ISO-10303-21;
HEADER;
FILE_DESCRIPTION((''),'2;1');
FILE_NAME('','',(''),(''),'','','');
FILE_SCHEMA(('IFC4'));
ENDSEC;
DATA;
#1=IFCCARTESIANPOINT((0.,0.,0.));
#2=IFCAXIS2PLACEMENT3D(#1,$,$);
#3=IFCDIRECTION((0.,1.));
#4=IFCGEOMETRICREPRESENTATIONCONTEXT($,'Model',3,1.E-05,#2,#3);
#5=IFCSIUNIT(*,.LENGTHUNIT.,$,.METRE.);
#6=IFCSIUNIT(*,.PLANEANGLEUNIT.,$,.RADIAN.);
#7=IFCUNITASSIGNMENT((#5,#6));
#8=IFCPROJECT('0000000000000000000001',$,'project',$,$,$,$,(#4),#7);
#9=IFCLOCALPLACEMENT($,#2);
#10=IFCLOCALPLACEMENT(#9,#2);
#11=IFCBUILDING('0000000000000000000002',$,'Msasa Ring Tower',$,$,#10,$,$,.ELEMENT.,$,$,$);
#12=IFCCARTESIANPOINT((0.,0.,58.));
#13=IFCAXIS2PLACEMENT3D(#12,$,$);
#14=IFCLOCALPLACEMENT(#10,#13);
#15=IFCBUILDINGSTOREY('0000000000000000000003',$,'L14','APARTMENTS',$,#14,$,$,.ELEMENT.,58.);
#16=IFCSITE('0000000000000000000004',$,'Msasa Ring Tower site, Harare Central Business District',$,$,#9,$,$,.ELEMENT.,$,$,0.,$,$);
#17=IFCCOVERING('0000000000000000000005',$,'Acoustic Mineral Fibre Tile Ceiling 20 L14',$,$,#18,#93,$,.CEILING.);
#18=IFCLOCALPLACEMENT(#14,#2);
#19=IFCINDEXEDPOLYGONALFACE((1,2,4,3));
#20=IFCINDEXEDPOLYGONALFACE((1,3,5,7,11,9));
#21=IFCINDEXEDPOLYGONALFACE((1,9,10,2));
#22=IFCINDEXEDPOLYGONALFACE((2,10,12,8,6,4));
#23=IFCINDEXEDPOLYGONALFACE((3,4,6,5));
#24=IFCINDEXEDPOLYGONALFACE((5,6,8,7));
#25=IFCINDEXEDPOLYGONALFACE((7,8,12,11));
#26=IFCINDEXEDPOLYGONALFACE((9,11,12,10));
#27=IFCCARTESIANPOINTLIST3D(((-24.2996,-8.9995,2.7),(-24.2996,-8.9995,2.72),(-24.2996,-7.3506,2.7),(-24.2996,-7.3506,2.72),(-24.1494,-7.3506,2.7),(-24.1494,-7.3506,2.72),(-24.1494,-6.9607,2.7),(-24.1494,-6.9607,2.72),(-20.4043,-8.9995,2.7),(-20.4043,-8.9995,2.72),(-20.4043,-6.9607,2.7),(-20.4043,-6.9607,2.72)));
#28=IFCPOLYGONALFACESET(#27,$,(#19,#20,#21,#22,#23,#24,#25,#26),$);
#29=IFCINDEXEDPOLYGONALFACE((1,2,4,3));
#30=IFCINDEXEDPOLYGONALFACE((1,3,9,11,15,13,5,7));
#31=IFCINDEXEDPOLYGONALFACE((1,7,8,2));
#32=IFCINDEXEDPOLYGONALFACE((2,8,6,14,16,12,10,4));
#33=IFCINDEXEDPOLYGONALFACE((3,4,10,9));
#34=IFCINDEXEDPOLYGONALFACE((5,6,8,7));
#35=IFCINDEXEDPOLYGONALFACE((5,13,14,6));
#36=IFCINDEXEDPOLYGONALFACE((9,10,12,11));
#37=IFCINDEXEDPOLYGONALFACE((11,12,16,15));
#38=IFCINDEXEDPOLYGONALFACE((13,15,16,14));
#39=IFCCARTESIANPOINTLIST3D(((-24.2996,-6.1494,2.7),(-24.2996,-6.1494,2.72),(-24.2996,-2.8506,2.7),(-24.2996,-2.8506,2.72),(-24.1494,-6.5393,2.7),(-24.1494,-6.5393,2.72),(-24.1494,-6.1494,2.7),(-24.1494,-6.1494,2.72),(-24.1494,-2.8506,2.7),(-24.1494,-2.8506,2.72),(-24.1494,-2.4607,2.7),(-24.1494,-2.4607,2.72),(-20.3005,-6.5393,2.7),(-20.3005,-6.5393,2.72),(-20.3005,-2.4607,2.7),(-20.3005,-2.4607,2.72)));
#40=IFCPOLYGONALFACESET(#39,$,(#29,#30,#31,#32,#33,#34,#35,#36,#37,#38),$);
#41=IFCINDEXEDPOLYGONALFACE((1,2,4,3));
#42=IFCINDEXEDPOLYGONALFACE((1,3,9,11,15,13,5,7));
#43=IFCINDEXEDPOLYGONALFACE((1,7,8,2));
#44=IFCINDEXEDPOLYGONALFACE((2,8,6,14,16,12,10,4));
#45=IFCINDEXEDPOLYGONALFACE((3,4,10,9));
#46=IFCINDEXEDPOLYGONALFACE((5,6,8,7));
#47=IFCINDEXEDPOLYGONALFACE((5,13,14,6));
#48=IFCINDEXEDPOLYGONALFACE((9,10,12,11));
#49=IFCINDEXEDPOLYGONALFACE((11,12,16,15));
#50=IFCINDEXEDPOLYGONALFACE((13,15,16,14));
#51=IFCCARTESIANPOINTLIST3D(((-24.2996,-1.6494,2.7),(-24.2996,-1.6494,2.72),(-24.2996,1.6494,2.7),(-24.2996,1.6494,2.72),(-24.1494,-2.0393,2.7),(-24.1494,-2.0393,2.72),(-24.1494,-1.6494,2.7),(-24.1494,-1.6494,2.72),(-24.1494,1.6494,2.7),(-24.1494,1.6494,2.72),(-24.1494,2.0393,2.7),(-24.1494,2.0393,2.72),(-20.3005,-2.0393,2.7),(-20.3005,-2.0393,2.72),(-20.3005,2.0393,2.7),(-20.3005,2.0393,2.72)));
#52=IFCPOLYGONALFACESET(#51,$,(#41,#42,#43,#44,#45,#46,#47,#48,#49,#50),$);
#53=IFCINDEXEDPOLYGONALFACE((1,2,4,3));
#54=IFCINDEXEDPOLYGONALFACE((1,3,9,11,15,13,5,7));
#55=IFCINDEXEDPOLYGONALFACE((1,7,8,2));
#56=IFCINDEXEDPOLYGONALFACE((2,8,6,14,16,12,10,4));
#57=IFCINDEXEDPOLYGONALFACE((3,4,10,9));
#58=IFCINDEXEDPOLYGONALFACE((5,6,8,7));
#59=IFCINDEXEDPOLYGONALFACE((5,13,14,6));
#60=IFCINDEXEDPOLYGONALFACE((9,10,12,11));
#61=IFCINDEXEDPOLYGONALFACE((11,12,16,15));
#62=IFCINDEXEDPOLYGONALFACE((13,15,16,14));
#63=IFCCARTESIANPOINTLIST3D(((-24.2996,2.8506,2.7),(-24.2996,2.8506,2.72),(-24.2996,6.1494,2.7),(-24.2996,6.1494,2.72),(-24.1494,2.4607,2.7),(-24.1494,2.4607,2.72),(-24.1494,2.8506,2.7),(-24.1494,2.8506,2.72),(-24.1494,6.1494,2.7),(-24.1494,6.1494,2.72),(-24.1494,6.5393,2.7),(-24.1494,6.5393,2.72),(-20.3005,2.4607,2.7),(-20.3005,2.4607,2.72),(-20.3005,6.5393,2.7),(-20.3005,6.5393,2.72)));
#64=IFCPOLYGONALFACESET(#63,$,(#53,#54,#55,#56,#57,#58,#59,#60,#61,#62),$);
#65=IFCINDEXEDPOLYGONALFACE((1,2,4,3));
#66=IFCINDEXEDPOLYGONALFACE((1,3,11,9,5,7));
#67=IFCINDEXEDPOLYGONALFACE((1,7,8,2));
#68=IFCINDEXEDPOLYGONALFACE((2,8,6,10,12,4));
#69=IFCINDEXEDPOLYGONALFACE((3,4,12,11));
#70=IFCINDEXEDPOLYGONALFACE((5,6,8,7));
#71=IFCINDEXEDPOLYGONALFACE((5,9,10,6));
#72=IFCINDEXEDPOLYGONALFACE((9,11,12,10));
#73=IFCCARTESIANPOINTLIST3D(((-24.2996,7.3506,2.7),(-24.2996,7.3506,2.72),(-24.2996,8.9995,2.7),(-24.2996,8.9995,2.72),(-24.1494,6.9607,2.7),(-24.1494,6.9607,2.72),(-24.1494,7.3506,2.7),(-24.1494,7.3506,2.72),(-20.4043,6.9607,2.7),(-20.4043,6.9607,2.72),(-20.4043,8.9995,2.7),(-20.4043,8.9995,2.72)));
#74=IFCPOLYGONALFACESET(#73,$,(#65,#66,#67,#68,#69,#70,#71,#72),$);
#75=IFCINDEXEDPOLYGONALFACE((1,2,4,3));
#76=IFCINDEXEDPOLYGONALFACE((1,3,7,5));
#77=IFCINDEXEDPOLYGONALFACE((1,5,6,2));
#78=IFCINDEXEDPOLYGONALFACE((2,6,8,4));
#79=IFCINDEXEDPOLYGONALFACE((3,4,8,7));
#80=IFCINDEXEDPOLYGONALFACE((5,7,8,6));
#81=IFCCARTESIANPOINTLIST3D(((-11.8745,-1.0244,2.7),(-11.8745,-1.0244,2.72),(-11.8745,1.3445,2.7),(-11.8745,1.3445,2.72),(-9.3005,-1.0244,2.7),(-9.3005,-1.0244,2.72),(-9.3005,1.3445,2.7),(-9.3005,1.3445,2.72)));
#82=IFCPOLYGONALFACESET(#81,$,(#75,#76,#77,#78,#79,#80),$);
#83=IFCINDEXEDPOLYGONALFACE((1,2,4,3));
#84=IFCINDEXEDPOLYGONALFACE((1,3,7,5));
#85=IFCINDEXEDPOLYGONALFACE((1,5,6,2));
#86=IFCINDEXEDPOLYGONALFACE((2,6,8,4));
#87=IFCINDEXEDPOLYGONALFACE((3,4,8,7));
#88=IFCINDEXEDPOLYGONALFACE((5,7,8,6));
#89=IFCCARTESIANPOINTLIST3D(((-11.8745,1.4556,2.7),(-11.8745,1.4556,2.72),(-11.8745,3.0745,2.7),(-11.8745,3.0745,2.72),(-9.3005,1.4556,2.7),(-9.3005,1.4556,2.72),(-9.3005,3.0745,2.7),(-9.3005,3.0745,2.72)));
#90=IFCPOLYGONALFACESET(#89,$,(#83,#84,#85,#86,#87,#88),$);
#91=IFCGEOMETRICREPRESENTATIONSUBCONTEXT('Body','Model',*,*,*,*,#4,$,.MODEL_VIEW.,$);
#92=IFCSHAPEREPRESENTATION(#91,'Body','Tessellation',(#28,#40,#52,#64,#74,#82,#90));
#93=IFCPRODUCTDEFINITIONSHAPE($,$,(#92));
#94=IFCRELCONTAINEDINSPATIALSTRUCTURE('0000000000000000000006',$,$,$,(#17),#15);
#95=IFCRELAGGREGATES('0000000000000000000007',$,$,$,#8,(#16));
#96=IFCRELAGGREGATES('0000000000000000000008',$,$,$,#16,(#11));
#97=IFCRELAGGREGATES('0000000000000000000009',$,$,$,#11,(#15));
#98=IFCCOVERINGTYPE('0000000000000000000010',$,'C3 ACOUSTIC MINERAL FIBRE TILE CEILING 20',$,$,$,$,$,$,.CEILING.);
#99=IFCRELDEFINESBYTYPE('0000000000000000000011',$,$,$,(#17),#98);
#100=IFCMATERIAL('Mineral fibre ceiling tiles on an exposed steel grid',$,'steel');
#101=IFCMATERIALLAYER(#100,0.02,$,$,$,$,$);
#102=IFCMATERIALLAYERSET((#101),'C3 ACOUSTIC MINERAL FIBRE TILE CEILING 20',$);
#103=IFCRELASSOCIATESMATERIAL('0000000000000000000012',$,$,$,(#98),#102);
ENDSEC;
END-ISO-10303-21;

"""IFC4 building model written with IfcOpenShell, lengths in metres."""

from ifc_helpers import new_model, si_unit, direction, frame, origin, place, context, subcontext, project, spatial, line, indexed_curve, outline, extrude, material, layer, layer_set, type_object, element, save


model = new_model("IFC4")

# Units and contexts
model_context = context("Model", 3, precision=1e-05, world=origin(), true_north=direction((0.0, 1.0)))
body_context = subcontext(model_context, "Body", "Model", "MODEL_VIEW")
ifc_project = project(units=[si_unit("LENGTHUNIT", "METRE"), si_unit("PLANEANGLEUNIT", "RADIAN")], contexts=[model_context])

# Site, building, storey
site_placement = place(None, origin())
site = spatial("IfcSite", under=ifc_project, at=site_placement, Name="Msasa Ring Tower site, Harare Central Business District", CompositionType="ELEMENT", RefElevation=0.0)
building_placement = place(site_placement, origin())
building = spatial("IfcBuilding", under=site, at=building_placement, Name="Msasa Ring Tower", CompositionType="ELEMENT")
storey_placement = place(building_placement, frame((0.0, 0.0, 58.0)))
storey = spatial("IfcBuildingStorey", under=building, at=storey_placement, Name="L14", Description="APARTMENTS", CompositionType="ELEMENT", Elevation=58.0)

# Covering
ifc_material_1 = material(Name="Mineral fibre ceiling tiles on an exposed steel grid", Category="steel")
ifc_layer_1 = layer(ifc_material_1, 0.02)
ifc_layer_set_1 = layer_set([ifc_layer_1], Name="C3 ACOUSTIC MINERAL FIBRE TILE CEILING 20")
covering_type_1 = type_object("IfcCoveringType", Name="C3 ACOUSTIC MINERAL FIBRE TILE CEILING 20", PredefinedType="CEILING", material=ifc_layer_set_1)
covering_1_placement = place(storey_placement, frame((0.0, 0.0, 2.7)))
element("IfcCovering", 1, at=covering_1_placement, inside=storey, type_object=covering_type_1, Name="Acoustic Mineral Fibre Tile Ceiling 20 L14", PredefinedType="CEILING", context=body_context, shape_type="SweptSolid", body=[
    extrude(outline(indexed_curve([(-24.2996, -8.9995), (-24.2996, -7.3506), (-24.1494, -7.3506), (-24.1494, -6.9607), (-20.4043, -6.9607), (-20.4043, -8.9995)], segments=[line(1, 2, 3, 4, 5, 6, 1)], self_intersect=False)), origin(), (0.0, 0.0, 1.0), 0.02),
    extrude(outline(indexed_curve([(-24.2996, -2.8506), (-24.1494, -2.8506), (-24.1494, -2.4607), (-20.3005, -2.4607), (-20.3005, -6.5393), (-24.1494, -6.5393), (-24.1494, -6.1494), (-24.2996, -6.1494)], segments=[line(1, 2, 3, 4, 5, 6, 7, 8, 1)], self_intersect=False)), origin(), (0.0, 0.0, 1.0), 0.02),
    extrude(outline(indexed_curve([(-24.2996, 1.6494), (-24.1494, 1.6494), (-24.1494, 2.0393), (-20.3005, 2.0393), (-20.3005, -2.0393), (-24.1494, -2.0393), (-24.1494, -1.6494), (-24.2996, -1.6494)], segments=[line(1, 2, 3, 4, 5, 6, 7, 8, 1)], self_intersect=False)), origin(), (0.0, 0.0, 1.0), 0.02),
    extrude(outline(indexed_curve([(-24.2996, 6.1494), (-24.1494, 6.1494), (-24.1494, 6.5393), (-20.3005, 6.5393), (-20.3005, 2.4607), (-24.1494, 2.4607), (-24.1494, 2.8506), (-24.2996, 2.8506)], segments=[line(1, 2, 3, 4, 5, 6, 7, 8, 1)], self_intersect=False)), origin(), (0.0, 0.0, 1.0), 0.02),
    extrude(outline(indexed_curve([(-24.2996, 8.9995), (-20.4043, 8.9995), (-20.4043, 6.9607), (-24.1494, 6.9607), (-24.1494, 7.3506), (-24.2996, 7.3506)], segments=[line(1, 2, 3, 4, 5, 6, 1)], self_intersect=False)), origin(), (0.0, 0.0, 1.0), 0.02),
    extrude(outline(indexed_curve([(-9.3005, -1.0244), (-11.8745, -1.0244), (-11.8745, 1.3445), (-9.3005, 1.3445)], segments=[line(1, 2, 3, 4, 1)], self_intersect=False)), origin(), (0.0, 0.0, 1.0), 0.02),
    extrude(outline(indexed_curve([(-9.3005, 1.4556), (-11.8745, 1.4556), (-11.8745, 3.0745), (-9.3005, 3.0745)], segments=[line(1, 2, 3, 4, 1)], self_intersect=False)), origin(), (0.0, 0.0, 1.0), 0.02),
])

save(model, "model.ifc")
